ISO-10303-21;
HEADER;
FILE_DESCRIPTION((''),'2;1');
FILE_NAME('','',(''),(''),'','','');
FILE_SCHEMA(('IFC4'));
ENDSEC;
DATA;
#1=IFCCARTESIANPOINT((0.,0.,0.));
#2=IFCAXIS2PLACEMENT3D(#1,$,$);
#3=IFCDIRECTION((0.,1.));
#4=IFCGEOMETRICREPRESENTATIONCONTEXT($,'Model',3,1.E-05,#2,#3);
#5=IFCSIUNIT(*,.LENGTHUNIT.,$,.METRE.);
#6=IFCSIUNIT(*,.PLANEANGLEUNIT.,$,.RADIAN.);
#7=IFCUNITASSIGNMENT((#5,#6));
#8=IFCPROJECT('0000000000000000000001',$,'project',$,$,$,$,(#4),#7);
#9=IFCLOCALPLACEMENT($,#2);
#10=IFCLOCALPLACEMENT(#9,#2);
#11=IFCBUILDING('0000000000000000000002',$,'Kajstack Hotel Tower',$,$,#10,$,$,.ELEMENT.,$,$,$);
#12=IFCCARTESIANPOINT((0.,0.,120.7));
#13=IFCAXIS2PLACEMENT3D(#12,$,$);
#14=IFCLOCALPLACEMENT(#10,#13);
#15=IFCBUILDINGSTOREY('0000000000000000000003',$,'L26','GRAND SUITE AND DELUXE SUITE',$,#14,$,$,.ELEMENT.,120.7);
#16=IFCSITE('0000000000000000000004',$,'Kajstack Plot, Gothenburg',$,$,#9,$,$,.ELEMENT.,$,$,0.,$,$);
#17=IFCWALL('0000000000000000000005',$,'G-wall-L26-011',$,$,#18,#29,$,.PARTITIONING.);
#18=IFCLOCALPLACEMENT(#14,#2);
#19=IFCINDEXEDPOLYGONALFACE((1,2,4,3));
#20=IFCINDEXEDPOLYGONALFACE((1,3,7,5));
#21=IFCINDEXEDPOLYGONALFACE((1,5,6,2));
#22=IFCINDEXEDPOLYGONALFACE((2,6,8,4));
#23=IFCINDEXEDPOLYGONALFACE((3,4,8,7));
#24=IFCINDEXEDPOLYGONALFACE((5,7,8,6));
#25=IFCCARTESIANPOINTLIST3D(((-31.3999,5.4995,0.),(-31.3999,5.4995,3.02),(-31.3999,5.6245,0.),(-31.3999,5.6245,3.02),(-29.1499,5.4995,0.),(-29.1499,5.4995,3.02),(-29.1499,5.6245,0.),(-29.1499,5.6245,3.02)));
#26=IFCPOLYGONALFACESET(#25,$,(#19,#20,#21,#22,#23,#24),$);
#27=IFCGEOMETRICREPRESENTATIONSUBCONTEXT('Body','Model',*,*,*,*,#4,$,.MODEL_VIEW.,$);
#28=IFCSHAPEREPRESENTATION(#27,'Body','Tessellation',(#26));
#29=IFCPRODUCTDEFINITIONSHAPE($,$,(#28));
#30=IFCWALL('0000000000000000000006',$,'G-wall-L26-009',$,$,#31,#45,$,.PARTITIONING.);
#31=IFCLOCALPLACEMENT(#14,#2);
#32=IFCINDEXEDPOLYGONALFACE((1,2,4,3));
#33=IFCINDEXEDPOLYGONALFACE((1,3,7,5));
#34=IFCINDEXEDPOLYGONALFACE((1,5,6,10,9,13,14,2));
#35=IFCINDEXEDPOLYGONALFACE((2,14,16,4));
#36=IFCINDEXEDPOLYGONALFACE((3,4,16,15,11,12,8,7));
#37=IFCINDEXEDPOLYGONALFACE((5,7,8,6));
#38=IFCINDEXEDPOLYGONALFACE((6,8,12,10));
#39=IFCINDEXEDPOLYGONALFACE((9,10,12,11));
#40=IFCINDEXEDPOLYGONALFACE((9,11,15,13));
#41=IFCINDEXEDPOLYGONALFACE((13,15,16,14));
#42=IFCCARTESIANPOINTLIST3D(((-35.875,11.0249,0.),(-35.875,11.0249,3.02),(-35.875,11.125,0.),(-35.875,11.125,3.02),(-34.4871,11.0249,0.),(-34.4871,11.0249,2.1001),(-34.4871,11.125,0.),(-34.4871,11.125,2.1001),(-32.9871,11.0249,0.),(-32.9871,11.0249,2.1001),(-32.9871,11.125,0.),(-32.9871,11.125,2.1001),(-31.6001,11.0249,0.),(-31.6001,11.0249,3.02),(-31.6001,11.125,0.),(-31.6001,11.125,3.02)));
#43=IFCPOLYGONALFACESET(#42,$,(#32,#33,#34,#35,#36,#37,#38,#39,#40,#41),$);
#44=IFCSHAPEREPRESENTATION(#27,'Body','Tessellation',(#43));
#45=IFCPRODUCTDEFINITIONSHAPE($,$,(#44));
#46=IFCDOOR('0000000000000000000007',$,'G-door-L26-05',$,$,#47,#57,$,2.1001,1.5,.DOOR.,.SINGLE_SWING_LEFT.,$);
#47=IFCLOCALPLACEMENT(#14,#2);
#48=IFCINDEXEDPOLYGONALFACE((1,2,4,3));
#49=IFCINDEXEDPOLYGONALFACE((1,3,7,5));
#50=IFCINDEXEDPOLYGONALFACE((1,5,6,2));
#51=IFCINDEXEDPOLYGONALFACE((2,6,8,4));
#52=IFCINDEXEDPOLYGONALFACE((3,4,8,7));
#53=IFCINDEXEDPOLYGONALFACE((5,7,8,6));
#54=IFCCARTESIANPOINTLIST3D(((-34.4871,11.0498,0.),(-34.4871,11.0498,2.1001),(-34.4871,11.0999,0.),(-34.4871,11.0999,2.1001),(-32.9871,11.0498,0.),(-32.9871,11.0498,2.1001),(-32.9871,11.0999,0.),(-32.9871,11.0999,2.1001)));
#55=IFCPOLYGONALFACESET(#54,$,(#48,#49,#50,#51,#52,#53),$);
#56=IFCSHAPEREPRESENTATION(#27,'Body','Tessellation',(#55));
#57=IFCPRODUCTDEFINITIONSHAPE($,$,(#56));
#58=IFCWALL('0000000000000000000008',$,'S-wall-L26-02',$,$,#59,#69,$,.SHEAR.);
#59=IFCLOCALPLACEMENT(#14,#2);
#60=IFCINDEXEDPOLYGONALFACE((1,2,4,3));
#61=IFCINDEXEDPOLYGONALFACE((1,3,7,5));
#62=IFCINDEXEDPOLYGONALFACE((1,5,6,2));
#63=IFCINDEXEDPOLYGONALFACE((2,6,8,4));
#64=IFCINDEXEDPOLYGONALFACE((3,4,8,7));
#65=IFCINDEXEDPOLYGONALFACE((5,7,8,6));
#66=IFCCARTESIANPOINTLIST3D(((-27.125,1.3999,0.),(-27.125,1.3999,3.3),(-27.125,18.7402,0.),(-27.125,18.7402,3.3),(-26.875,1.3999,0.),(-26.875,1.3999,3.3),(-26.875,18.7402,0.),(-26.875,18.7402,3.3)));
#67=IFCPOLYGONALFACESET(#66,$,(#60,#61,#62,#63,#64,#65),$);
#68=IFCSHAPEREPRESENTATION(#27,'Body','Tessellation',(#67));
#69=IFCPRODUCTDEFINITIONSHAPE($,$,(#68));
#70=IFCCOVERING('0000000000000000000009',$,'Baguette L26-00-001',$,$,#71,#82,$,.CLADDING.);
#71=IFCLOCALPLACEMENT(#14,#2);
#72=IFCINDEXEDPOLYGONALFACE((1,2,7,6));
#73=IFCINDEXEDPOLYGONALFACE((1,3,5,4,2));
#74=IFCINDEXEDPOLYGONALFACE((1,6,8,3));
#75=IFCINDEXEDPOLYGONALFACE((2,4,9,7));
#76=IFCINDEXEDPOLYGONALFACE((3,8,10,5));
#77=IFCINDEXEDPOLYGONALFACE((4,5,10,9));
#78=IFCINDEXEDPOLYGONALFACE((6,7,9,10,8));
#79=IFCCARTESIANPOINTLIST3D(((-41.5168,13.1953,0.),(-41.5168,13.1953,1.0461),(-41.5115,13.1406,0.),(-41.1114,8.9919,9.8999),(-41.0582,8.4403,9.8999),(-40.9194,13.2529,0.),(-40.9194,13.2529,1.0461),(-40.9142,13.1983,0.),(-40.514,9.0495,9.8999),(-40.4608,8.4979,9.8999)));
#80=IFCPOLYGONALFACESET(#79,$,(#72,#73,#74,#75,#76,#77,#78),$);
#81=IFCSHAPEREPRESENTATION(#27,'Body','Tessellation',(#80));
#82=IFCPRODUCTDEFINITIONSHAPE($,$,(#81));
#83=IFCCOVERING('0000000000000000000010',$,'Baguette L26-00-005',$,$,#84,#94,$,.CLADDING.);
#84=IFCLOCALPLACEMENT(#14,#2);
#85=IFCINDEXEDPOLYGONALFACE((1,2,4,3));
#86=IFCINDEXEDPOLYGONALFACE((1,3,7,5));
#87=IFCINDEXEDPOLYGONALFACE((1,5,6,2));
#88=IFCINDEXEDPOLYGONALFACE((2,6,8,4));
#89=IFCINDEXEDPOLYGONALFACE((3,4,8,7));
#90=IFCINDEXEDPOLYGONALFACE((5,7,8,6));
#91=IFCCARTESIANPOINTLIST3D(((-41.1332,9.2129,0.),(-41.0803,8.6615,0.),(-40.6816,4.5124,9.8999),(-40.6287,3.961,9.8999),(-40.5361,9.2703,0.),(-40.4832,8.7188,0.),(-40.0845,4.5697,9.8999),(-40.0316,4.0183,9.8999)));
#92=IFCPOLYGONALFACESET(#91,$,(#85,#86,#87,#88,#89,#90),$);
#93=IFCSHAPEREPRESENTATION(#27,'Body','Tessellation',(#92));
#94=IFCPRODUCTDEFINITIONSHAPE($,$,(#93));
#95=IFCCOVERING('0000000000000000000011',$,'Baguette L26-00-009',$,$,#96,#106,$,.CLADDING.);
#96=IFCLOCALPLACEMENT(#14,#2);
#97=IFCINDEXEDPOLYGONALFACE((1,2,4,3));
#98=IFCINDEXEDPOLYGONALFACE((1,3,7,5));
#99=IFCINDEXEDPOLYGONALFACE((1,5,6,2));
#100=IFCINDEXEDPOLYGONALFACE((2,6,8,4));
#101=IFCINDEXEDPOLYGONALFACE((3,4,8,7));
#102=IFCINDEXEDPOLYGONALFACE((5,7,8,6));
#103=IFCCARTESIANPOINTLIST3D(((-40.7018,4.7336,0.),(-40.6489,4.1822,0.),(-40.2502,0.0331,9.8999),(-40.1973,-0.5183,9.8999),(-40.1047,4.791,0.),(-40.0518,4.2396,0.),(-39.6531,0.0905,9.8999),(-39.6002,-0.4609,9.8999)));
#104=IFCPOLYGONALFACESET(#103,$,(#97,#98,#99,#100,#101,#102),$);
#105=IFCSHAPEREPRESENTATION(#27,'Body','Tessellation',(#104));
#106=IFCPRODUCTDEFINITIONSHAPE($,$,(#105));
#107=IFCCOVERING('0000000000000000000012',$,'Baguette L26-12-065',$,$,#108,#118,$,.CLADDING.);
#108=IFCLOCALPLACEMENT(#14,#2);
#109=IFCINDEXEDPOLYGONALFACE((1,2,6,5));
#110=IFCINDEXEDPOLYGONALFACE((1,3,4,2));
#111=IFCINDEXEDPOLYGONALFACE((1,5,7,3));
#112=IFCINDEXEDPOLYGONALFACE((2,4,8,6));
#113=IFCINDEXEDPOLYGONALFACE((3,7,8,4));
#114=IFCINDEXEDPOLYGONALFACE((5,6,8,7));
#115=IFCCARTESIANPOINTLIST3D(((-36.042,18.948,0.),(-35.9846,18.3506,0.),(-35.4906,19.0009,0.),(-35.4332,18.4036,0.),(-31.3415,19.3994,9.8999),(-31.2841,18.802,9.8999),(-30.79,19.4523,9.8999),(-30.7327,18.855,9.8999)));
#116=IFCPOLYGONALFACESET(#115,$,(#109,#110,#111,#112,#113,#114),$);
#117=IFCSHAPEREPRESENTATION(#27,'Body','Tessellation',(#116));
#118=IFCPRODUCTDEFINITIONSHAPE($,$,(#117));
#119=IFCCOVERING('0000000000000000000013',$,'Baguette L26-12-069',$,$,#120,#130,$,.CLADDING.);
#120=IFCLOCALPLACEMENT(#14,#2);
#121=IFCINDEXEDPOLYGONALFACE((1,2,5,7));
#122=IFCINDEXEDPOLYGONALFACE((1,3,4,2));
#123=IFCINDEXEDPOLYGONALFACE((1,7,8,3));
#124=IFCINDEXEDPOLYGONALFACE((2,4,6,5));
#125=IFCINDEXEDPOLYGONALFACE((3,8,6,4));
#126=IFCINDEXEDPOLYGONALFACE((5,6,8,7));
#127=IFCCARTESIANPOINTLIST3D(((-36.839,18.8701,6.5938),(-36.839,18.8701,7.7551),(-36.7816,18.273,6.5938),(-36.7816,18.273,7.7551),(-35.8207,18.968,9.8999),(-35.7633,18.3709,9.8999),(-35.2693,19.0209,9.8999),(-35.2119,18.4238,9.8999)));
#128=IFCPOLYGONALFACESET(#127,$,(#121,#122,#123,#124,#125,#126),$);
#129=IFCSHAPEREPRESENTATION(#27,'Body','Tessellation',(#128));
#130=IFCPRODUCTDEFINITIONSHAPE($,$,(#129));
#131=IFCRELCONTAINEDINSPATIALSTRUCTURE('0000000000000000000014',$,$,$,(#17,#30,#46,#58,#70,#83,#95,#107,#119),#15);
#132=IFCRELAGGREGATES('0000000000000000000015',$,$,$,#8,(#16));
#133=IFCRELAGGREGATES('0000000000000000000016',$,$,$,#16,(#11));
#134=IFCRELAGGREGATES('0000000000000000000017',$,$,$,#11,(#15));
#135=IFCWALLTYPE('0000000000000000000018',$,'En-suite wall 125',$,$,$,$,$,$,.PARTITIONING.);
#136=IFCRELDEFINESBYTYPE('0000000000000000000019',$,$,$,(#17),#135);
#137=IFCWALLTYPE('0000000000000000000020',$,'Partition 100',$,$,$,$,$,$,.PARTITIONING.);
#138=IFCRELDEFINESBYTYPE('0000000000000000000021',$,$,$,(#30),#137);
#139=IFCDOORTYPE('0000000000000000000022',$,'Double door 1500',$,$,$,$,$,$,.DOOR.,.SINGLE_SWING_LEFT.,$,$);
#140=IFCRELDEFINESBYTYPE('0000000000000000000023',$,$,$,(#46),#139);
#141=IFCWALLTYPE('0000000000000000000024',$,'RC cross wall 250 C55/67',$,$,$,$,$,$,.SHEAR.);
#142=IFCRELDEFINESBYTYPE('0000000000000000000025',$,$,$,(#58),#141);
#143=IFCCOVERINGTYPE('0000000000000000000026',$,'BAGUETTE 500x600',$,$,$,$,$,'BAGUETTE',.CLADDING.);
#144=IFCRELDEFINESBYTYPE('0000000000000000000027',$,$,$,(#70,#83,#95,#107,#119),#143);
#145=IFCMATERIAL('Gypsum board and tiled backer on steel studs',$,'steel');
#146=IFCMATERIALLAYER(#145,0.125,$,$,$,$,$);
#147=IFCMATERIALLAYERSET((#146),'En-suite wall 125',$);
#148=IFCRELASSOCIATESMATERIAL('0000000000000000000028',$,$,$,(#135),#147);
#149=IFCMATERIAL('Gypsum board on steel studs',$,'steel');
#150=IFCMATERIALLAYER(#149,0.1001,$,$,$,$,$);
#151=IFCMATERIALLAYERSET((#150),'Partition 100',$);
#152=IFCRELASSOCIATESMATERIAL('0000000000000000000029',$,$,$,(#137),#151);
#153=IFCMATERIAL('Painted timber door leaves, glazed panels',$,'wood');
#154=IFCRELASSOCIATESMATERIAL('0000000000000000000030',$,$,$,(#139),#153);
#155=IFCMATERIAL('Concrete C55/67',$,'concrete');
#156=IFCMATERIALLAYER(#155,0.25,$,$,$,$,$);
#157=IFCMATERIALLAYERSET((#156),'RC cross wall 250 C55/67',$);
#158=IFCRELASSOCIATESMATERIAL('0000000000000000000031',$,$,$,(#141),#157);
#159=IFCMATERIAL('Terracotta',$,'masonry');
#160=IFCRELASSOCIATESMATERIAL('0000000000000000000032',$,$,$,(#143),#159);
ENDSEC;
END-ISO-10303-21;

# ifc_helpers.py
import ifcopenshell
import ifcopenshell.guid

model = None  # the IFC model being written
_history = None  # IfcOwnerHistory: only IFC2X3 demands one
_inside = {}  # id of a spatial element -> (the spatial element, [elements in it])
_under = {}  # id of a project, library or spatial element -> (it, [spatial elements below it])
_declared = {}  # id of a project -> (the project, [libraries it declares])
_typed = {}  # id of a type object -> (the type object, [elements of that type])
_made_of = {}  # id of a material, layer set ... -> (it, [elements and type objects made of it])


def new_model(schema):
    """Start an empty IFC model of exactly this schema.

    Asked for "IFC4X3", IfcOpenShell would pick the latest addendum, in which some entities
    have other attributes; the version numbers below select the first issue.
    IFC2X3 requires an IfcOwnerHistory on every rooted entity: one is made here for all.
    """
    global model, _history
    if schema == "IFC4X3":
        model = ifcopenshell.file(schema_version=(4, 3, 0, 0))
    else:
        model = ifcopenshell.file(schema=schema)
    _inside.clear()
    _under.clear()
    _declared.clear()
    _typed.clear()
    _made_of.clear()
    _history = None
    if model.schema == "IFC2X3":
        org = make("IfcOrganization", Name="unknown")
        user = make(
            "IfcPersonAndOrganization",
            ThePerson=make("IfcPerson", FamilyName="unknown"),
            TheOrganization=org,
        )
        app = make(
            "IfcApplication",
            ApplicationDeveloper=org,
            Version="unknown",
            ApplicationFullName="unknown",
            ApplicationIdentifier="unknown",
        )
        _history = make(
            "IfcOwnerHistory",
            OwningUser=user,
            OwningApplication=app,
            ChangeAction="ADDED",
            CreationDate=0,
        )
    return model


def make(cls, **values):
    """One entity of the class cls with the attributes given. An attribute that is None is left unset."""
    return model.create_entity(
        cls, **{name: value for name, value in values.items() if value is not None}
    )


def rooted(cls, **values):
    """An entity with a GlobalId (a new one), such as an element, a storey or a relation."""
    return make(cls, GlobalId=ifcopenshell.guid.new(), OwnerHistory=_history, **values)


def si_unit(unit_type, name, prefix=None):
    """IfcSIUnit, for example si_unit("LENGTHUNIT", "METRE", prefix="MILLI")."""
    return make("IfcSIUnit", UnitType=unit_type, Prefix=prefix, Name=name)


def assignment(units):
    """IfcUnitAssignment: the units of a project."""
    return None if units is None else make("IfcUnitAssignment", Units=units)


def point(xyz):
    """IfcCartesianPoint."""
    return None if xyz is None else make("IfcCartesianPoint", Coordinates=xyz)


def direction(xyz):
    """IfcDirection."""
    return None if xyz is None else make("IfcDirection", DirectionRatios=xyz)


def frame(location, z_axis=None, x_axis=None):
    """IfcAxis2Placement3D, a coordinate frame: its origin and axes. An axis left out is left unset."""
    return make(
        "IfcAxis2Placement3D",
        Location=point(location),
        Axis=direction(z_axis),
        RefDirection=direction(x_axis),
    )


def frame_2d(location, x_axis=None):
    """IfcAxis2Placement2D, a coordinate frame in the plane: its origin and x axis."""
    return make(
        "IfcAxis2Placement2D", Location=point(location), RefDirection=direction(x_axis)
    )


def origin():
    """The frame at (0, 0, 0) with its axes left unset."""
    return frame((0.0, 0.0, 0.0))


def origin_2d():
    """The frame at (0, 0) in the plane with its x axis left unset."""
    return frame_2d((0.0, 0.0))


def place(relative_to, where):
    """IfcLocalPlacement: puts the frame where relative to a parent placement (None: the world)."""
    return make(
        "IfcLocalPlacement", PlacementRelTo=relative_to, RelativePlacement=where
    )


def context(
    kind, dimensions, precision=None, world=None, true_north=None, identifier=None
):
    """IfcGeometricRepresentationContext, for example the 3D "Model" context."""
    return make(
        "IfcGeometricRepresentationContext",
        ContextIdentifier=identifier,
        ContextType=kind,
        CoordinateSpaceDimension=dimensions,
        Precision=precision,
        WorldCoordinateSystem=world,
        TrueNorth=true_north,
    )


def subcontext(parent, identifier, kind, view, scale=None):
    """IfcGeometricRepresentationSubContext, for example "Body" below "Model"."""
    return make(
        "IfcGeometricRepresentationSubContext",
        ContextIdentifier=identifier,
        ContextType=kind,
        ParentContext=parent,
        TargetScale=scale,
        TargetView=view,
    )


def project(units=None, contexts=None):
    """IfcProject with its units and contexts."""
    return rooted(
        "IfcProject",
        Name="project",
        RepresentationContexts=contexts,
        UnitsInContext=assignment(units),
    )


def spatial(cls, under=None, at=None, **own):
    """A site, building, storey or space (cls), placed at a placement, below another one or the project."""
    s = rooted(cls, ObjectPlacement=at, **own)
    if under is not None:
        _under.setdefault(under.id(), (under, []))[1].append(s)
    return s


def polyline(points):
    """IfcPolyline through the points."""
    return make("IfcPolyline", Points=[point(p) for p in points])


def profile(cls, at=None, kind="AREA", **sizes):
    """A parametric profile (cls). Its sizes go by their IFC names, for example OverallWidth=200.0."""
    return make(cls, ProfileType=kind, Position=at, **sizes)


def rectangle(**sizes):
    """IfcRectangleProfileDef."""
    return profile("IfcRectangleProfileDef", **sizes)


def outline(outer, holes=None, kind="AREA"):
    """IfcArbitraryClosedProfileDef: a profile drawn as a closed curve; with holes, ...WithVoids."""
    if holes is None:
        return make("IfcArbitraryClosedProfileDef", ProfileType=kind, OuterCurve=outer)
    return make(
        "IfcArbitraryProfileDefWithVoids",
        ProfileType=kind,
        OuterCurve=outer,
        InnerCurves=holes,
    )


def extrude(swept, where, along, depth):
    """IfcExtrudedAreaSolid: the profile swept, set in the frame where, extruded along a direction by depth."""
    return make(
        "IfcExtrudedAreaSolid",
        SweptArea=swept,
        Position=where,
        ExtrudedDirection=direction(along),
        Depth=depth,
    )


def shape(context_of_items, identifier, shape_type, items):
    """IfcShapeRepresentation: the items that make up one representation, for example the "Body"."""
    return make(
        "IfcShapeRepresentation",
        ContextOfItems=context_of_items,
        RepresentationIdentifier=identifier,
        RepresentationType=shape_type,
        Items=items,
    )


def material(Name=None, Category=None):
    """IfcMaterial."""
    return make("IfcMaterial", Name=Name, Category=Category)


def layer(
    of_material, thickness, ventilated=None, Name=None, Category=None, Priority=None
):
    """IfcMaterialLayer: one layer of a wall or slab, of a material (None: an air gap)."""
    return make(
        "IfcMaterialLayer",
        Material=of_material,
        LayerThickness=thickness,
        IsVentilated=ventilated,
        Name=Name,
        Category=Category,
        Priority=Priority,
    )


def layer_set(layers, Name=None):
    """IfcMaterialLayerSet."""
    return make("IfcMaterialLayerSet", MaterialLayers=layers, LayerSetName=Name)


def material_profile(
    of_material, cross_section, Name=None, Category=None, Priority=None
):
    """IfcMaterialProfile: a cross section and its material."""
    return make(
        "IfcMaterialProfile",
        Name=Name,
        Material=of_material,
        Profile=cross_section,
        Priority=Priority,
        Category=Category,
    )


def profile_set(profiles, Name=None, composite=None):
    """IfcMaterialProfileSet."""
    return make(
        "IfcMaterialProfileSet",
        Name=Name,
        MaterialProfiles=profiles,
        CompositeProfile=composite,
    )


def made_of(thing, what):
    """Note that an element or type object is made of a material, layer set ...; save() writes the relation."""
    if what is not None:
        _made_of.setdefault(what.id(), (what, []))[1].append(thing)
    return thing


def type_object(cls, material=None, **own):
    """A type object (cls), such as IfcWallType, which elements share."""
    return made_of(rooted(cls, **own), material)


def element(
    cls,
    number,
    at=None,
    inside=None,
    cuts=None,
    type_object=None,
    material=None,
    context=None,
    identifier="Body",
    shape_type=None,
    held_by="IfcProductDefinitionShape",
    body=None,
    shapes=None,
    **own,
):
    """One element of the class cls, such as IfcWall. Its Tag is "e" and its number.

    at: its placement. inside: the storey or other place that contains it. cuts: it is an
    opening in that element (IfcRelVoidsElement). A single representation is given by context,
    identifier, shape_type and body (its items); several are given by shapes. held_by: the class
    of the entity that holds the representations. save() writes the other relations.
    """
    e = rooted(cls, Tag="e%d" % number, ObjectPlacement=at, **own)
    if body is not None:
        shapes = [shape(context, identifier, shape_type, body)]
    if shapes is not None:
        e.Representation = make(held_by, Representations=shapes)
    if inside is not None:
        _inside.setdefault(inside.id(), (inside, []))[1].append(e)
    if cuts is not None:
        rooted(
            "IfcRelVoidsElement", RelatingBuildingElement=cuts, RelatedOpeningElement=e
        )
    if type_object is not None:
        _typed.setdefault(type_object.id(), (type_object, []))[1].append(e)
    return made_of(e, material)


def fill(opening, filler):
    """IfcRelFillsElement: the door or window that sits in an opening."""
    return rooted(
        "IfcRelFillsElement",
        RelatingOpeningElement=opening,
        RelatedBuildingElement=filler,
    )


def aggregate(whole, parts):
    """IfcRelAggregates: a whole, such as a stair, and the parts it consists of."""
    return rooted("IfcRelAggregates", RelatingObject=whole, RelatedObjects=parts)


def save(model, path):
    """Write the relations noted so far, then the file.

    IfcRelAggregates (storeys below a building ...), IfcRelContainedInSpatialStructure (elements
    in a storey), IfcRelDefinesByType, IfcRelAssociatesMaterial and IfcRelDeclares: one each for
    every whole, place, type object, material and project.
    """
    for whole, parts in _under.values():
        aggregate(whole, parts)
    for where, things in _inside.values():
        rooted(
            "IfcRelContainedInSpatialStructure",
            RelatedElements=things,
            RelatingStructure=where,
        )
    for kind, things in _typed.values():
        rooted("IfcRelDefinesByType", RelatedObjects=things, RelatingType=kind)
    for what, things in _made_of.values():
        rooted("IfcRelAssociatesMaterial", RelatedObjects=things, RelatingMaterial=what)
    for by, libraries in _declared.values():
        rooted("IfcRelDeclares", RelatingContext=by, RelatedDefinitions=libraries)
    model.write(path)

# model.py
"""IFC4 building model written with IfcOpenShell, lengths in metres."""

from ifc_helpers import new_model, si_unit, direction, frame, frame_2d, origin, origin_2d, place, context, subcontext, project, spatial, polyline, rectangle, outline, extrude, material, layer, layer_set, material_profile, profile_set, type_object, element, fill, save


model = new_model("IFC4")

# Units and contexts
model_context = context("Model", 3, precision=1e-05, world=origin(), true_north=direction((0.0, 1.0)))
body_context = subcontext(model_context, "Body", "Model", "MODEL_VIEW")
ifc_project = project(units=[si_unit("LENGTHUNIT", "METRE"), si_unit("PLANEANGLEUNIT", "RADIAN")], contexts=[model_context])

# Site, building, storey
site_placement = place(None, origin())
site = spatial("IfcSite", under=ifc_project, at=site_placement, Name="Kajstack Plot, Gothenburg", CompositionType="ELEMENT", RefElevation=0.0)
building_placement = place(site_placement, origin())
building = spatial("IfcBuilding", under=site, at=building_placement, Name="Kajstack Hotel Tower", CompositionType="ELEMENT")
storey_placement = place(building_placement, frame((0.0, 0.0, 120.7)))
storey = spatial("IfcBuildingStorey", under=building, at=storey_placement, Name="L26", Description="GRAND SUITE AND DELUXE SUITE", CompositionType="ELEMENT", Elevation=120.7)

# Wall
ifc_material_1 = material(Name="Gypsum board and tiled backer on steel studs", Category="steel")
ifc_layer_1 = layer(ifc_material_1, 0.125)
ifc_layer_set_1 = layer_set([ifc_layer_1], Name="En-suite wall 125")
wall_type_1 = type_object("IfcWallType", Name="En-suite wall 125", PredefinedType="PARTITIONING", material=ifc_layer_set_1)
for number, where, z_axis, x_axis, name in (
    (1, (-31.3999, 5.562, 0.0), (0.0, 0.0, 1.0), (1.0, 0.0, 0.0), "G-wall-L26-011"),
):
    element("IfcWall", number, at=place(storey_placement, frame(where, z_axis=z_axis, x_axis=x_axis)), inside=storey, type_object=wall_type_1, Name=name, PredefinedType="PARTITIONING", context=body_context, shape_type="SweptSolid", body=[
        extrude(rectangle(XDim=2.25, YDim=0.125, at=frame_2d((1.125, 0.0))), origin(), (0.0, 0.0, 1.0), 3.02),
    ])

# Wall, opening, door
ifc_material_2 = material(Name="Gypsum board on steel studs", Category="steel")
ifc_layer_2 = layer(ifc_material_2, 0.1001)
ifc_layer_set_2 = layer_set([ifc_layer_2], Name="Partition 100")
wall_type_2 = type_object("IfcWallType", Name="Partition 100", PredefinedType="PARTITIONING", material=ifc_layer_set_2)
wall_1_placement = place(storey_placement, frame((-35.875, 11.075, 0.0), z_axis=(0.0, 0.0, 1.0), x_axis=(1.0, 0.0, 0.0)))
wall_1 = element("IfcWall", 2, at=wall_1_placement, inside=storey, type_object=wall_type_2, Name="G-wall-L26-009", PredefinedType="PARTITIONING", context=body_context, shape_type="SweptSolid", body=[
    extrude(rectangle(XDim=4.2749, YDim=0.1001, at=frame_2d((2.1375, 0.0))), origin(), (0.0, 0.0, 1.0), 3.02),
])
opening_1_placement = place(wall_1_placement, frame((1.3879, 0.0, 0.0)))
opening_1 = element("IfcOpeningElement", 3, at=opening_1_placement, cuts=wall_1, PredefinedType="OPENING", context=body_context, shape_type="SweptSolid", body=[
    extrude(rectangle(XDim=1.5, YDim=2.1001, at=frame_2d((0.75, 1.05))), frame((0.0, 0.0601, 0.0), z_axis=(0.0, -1.0, 0.0), x_axis=(1.0, 0.0, 0.0)), (0.0, 0.0, 1.0), 0.1201),
])
ifc_material_3 = material(Name="Painted timber door leaves, glazed panels", Category="wood")
door_type = type_object("IfcDoorType", Name="Double door 1500", OperationType="SINGLE_SWING_LEFT", PredefinedType="DOOR", material=ifc_material_3)
door_placement = place(opening_1_placement, origin())
door = element("IfcDoor", 4, at=door_placement, inside=storey, type_object=door_type, Name="G-door-L26-05", OperationType="SINGLE_SWING_LEFT", OverallHeight=2.1001, OverallWidth=1.5, PredefinedType="DOOR", context=body_context, shape_type="SweptSolid", body=[
    extrude(rectangle(XDim=1.5, YDim=2.1001, at=frame_2d((0.75, 1.05))), frame((0.0, 0.0249, 0.0), z_axis=(0.0, -1.0, 0.0), x_axis=(1.0, 0.0, 0.0)), (0.0, 0.0, 1.0), 0.05),
])
fill(opening_1, door)

# Wall
ifc_material_4 = material(Name="Concrete C55/67", Category="concrete")
ifc_layer_3 = layer(ifc_material_4, 0.25)
ifc_layer_set_3 = layer_set([ifc_layer_3], Name="RC cross wall 250 C55/67")
wall_type_3 = type_object("IfcWallType", Name="RC cross wall 250 C55/67", PredefinedType="SHEAR", material=ifc_layer_set_3)
wall_2_placement = place(storey_placement, frame((-27.0, 1.3999, 0.0), z_axis=(0.0, 0.0, 1.0), x_axis=(0.0, 1.0, 0.0)))
element("IfcWall", 5, at=wall_2_placement, inside=storey, type_object=wall_type_3, Name="S-wall-L26-02", PredefinedType="SHEAR", context=body_context, shape_type="SweptSolid", body=[
    extrude(rectangle(XDim=17.3403, YDim=0.25, at=frame_2d((8.6702, 0.0))), origin(), (0.0, 0.0, 1.0), 3.3),
])

# Coverings
ifc_material_5 = material(Name="Terracotta", Category="masonry")
ifc_material_profile = material_profile(ifc_material_5, rectangle(XDim=0.6001, YDim=0.5, at=origin_2d()), Name="Terracotta-clad concrete baguette 500 x 600")
ifc_profile_set = profile_set([ifc_material_profile], Name="Terracotta")
covering_type = type_object("IfcCoveringType", Name="BAGUETTE 500x600", ElementType="BAGUETTE", PredefinedType="CLADDING", material=ifc_profile_set)
covering_1_placement = place(storey_placement, frame((-40.9194, 13.2529, 0.0), z_axis=(-0.995381, -0.095999, 0.0), x_axis=(0.095999, -0.995381, 0.0)))
element("IfcCovering", 6, at=covering_1_placement, inside=storey, type_object=covering_type, Name="Baguette L26-00-001", PredefinedType="CLADDING", context=body_context, shape_type="SweptSolid", body=[
    extrude(outline(polyline([(4.2229, 9.8999), (0.0, 1.0461), (0.0, 0.0), (0.0549, 0.0), (4.7771, 9.8999), (4.2229, 9.8999)])), origin(), (0.0, 0.0, 1.0), 0.6001),
])
for number, where, z_axis, x_axis, name in (
    (7, (-40.5361, 9.2703, 0.0), (-0.995416, -0.095635, 0.0), (0.095635, -0.995416, 0.0), "Baguette L26-00-005"),
    (8, (-40.1047, 4.791, 0.0), (-0.995416, -0.095635, 0.0), (0.095635, -0.995416, 0.0), "Baguette L26-00-009"),
):
    element("IfcCovering", number, at=place(storey_placement, frame(where, z_axis=z_axis, x_axis=x_axis)), inside=storey, type_object=covering_type, Name=name, PredefinedType="CLADDING", context=body_context, shape_type="SweptSolid", body=[
        extrude(outline(polyline([(4.7222, 9.8999), (0.0, 0.0), (0.554, 0.0), (5.2761, 9.8999), (4.7222, 9.8999)])), origin(), (0.0, 0.0, 1.0), 0.5999),
    ])
covering_2_placement = place(storey_placement, frame((-30.7327, 18.855, 0.0), z_axis=(-0.095596, 0.99542, 0.0), x_axis=(-0.99542, -0.095596, 0.0)))
element("IfcCovering", 9, at=covering_2_placement, inside=storey, type_object=covering_type, Name="Baguette L26-12-065", PredefinedType="CLADDING", context=body_context, shape_type="SweptSolid", body=[
    extrude(outline(polyline([(0.0, 9.8999), (4.7222, 0.0), (5.2761, 0.0), (0.554, 9.8999), (0.0, 9.8999)])), origin(), (0.0, 0.0, 1.0), 0.6001),
])
covering_3_placement = place(storey_placement, frame((-35.2119, 18.4238, 0.0), z_axis=(-0.095635, 0.995416, 0.0), x_axis=(-0.995416, -0.095635, 0.0)))
element("IfcCovering", 10, at=covering_3_placement, inside=storey, type_object=covering_type, Name="Baguette L26-12-069", PredefinedType="CLADDING", context=body_context, shape_type="SweptSolid", body=[
    extrude(outline(polyline([(0.0, 9.8999), (1.5769, 6.5938), (1.5769, 7.7551), (0.554, 9.8999), (0.0, 9.8999)])), origin(), (0.0, 0.0, 1.0), 0.5999),
])

save(model, "model.ifc")
